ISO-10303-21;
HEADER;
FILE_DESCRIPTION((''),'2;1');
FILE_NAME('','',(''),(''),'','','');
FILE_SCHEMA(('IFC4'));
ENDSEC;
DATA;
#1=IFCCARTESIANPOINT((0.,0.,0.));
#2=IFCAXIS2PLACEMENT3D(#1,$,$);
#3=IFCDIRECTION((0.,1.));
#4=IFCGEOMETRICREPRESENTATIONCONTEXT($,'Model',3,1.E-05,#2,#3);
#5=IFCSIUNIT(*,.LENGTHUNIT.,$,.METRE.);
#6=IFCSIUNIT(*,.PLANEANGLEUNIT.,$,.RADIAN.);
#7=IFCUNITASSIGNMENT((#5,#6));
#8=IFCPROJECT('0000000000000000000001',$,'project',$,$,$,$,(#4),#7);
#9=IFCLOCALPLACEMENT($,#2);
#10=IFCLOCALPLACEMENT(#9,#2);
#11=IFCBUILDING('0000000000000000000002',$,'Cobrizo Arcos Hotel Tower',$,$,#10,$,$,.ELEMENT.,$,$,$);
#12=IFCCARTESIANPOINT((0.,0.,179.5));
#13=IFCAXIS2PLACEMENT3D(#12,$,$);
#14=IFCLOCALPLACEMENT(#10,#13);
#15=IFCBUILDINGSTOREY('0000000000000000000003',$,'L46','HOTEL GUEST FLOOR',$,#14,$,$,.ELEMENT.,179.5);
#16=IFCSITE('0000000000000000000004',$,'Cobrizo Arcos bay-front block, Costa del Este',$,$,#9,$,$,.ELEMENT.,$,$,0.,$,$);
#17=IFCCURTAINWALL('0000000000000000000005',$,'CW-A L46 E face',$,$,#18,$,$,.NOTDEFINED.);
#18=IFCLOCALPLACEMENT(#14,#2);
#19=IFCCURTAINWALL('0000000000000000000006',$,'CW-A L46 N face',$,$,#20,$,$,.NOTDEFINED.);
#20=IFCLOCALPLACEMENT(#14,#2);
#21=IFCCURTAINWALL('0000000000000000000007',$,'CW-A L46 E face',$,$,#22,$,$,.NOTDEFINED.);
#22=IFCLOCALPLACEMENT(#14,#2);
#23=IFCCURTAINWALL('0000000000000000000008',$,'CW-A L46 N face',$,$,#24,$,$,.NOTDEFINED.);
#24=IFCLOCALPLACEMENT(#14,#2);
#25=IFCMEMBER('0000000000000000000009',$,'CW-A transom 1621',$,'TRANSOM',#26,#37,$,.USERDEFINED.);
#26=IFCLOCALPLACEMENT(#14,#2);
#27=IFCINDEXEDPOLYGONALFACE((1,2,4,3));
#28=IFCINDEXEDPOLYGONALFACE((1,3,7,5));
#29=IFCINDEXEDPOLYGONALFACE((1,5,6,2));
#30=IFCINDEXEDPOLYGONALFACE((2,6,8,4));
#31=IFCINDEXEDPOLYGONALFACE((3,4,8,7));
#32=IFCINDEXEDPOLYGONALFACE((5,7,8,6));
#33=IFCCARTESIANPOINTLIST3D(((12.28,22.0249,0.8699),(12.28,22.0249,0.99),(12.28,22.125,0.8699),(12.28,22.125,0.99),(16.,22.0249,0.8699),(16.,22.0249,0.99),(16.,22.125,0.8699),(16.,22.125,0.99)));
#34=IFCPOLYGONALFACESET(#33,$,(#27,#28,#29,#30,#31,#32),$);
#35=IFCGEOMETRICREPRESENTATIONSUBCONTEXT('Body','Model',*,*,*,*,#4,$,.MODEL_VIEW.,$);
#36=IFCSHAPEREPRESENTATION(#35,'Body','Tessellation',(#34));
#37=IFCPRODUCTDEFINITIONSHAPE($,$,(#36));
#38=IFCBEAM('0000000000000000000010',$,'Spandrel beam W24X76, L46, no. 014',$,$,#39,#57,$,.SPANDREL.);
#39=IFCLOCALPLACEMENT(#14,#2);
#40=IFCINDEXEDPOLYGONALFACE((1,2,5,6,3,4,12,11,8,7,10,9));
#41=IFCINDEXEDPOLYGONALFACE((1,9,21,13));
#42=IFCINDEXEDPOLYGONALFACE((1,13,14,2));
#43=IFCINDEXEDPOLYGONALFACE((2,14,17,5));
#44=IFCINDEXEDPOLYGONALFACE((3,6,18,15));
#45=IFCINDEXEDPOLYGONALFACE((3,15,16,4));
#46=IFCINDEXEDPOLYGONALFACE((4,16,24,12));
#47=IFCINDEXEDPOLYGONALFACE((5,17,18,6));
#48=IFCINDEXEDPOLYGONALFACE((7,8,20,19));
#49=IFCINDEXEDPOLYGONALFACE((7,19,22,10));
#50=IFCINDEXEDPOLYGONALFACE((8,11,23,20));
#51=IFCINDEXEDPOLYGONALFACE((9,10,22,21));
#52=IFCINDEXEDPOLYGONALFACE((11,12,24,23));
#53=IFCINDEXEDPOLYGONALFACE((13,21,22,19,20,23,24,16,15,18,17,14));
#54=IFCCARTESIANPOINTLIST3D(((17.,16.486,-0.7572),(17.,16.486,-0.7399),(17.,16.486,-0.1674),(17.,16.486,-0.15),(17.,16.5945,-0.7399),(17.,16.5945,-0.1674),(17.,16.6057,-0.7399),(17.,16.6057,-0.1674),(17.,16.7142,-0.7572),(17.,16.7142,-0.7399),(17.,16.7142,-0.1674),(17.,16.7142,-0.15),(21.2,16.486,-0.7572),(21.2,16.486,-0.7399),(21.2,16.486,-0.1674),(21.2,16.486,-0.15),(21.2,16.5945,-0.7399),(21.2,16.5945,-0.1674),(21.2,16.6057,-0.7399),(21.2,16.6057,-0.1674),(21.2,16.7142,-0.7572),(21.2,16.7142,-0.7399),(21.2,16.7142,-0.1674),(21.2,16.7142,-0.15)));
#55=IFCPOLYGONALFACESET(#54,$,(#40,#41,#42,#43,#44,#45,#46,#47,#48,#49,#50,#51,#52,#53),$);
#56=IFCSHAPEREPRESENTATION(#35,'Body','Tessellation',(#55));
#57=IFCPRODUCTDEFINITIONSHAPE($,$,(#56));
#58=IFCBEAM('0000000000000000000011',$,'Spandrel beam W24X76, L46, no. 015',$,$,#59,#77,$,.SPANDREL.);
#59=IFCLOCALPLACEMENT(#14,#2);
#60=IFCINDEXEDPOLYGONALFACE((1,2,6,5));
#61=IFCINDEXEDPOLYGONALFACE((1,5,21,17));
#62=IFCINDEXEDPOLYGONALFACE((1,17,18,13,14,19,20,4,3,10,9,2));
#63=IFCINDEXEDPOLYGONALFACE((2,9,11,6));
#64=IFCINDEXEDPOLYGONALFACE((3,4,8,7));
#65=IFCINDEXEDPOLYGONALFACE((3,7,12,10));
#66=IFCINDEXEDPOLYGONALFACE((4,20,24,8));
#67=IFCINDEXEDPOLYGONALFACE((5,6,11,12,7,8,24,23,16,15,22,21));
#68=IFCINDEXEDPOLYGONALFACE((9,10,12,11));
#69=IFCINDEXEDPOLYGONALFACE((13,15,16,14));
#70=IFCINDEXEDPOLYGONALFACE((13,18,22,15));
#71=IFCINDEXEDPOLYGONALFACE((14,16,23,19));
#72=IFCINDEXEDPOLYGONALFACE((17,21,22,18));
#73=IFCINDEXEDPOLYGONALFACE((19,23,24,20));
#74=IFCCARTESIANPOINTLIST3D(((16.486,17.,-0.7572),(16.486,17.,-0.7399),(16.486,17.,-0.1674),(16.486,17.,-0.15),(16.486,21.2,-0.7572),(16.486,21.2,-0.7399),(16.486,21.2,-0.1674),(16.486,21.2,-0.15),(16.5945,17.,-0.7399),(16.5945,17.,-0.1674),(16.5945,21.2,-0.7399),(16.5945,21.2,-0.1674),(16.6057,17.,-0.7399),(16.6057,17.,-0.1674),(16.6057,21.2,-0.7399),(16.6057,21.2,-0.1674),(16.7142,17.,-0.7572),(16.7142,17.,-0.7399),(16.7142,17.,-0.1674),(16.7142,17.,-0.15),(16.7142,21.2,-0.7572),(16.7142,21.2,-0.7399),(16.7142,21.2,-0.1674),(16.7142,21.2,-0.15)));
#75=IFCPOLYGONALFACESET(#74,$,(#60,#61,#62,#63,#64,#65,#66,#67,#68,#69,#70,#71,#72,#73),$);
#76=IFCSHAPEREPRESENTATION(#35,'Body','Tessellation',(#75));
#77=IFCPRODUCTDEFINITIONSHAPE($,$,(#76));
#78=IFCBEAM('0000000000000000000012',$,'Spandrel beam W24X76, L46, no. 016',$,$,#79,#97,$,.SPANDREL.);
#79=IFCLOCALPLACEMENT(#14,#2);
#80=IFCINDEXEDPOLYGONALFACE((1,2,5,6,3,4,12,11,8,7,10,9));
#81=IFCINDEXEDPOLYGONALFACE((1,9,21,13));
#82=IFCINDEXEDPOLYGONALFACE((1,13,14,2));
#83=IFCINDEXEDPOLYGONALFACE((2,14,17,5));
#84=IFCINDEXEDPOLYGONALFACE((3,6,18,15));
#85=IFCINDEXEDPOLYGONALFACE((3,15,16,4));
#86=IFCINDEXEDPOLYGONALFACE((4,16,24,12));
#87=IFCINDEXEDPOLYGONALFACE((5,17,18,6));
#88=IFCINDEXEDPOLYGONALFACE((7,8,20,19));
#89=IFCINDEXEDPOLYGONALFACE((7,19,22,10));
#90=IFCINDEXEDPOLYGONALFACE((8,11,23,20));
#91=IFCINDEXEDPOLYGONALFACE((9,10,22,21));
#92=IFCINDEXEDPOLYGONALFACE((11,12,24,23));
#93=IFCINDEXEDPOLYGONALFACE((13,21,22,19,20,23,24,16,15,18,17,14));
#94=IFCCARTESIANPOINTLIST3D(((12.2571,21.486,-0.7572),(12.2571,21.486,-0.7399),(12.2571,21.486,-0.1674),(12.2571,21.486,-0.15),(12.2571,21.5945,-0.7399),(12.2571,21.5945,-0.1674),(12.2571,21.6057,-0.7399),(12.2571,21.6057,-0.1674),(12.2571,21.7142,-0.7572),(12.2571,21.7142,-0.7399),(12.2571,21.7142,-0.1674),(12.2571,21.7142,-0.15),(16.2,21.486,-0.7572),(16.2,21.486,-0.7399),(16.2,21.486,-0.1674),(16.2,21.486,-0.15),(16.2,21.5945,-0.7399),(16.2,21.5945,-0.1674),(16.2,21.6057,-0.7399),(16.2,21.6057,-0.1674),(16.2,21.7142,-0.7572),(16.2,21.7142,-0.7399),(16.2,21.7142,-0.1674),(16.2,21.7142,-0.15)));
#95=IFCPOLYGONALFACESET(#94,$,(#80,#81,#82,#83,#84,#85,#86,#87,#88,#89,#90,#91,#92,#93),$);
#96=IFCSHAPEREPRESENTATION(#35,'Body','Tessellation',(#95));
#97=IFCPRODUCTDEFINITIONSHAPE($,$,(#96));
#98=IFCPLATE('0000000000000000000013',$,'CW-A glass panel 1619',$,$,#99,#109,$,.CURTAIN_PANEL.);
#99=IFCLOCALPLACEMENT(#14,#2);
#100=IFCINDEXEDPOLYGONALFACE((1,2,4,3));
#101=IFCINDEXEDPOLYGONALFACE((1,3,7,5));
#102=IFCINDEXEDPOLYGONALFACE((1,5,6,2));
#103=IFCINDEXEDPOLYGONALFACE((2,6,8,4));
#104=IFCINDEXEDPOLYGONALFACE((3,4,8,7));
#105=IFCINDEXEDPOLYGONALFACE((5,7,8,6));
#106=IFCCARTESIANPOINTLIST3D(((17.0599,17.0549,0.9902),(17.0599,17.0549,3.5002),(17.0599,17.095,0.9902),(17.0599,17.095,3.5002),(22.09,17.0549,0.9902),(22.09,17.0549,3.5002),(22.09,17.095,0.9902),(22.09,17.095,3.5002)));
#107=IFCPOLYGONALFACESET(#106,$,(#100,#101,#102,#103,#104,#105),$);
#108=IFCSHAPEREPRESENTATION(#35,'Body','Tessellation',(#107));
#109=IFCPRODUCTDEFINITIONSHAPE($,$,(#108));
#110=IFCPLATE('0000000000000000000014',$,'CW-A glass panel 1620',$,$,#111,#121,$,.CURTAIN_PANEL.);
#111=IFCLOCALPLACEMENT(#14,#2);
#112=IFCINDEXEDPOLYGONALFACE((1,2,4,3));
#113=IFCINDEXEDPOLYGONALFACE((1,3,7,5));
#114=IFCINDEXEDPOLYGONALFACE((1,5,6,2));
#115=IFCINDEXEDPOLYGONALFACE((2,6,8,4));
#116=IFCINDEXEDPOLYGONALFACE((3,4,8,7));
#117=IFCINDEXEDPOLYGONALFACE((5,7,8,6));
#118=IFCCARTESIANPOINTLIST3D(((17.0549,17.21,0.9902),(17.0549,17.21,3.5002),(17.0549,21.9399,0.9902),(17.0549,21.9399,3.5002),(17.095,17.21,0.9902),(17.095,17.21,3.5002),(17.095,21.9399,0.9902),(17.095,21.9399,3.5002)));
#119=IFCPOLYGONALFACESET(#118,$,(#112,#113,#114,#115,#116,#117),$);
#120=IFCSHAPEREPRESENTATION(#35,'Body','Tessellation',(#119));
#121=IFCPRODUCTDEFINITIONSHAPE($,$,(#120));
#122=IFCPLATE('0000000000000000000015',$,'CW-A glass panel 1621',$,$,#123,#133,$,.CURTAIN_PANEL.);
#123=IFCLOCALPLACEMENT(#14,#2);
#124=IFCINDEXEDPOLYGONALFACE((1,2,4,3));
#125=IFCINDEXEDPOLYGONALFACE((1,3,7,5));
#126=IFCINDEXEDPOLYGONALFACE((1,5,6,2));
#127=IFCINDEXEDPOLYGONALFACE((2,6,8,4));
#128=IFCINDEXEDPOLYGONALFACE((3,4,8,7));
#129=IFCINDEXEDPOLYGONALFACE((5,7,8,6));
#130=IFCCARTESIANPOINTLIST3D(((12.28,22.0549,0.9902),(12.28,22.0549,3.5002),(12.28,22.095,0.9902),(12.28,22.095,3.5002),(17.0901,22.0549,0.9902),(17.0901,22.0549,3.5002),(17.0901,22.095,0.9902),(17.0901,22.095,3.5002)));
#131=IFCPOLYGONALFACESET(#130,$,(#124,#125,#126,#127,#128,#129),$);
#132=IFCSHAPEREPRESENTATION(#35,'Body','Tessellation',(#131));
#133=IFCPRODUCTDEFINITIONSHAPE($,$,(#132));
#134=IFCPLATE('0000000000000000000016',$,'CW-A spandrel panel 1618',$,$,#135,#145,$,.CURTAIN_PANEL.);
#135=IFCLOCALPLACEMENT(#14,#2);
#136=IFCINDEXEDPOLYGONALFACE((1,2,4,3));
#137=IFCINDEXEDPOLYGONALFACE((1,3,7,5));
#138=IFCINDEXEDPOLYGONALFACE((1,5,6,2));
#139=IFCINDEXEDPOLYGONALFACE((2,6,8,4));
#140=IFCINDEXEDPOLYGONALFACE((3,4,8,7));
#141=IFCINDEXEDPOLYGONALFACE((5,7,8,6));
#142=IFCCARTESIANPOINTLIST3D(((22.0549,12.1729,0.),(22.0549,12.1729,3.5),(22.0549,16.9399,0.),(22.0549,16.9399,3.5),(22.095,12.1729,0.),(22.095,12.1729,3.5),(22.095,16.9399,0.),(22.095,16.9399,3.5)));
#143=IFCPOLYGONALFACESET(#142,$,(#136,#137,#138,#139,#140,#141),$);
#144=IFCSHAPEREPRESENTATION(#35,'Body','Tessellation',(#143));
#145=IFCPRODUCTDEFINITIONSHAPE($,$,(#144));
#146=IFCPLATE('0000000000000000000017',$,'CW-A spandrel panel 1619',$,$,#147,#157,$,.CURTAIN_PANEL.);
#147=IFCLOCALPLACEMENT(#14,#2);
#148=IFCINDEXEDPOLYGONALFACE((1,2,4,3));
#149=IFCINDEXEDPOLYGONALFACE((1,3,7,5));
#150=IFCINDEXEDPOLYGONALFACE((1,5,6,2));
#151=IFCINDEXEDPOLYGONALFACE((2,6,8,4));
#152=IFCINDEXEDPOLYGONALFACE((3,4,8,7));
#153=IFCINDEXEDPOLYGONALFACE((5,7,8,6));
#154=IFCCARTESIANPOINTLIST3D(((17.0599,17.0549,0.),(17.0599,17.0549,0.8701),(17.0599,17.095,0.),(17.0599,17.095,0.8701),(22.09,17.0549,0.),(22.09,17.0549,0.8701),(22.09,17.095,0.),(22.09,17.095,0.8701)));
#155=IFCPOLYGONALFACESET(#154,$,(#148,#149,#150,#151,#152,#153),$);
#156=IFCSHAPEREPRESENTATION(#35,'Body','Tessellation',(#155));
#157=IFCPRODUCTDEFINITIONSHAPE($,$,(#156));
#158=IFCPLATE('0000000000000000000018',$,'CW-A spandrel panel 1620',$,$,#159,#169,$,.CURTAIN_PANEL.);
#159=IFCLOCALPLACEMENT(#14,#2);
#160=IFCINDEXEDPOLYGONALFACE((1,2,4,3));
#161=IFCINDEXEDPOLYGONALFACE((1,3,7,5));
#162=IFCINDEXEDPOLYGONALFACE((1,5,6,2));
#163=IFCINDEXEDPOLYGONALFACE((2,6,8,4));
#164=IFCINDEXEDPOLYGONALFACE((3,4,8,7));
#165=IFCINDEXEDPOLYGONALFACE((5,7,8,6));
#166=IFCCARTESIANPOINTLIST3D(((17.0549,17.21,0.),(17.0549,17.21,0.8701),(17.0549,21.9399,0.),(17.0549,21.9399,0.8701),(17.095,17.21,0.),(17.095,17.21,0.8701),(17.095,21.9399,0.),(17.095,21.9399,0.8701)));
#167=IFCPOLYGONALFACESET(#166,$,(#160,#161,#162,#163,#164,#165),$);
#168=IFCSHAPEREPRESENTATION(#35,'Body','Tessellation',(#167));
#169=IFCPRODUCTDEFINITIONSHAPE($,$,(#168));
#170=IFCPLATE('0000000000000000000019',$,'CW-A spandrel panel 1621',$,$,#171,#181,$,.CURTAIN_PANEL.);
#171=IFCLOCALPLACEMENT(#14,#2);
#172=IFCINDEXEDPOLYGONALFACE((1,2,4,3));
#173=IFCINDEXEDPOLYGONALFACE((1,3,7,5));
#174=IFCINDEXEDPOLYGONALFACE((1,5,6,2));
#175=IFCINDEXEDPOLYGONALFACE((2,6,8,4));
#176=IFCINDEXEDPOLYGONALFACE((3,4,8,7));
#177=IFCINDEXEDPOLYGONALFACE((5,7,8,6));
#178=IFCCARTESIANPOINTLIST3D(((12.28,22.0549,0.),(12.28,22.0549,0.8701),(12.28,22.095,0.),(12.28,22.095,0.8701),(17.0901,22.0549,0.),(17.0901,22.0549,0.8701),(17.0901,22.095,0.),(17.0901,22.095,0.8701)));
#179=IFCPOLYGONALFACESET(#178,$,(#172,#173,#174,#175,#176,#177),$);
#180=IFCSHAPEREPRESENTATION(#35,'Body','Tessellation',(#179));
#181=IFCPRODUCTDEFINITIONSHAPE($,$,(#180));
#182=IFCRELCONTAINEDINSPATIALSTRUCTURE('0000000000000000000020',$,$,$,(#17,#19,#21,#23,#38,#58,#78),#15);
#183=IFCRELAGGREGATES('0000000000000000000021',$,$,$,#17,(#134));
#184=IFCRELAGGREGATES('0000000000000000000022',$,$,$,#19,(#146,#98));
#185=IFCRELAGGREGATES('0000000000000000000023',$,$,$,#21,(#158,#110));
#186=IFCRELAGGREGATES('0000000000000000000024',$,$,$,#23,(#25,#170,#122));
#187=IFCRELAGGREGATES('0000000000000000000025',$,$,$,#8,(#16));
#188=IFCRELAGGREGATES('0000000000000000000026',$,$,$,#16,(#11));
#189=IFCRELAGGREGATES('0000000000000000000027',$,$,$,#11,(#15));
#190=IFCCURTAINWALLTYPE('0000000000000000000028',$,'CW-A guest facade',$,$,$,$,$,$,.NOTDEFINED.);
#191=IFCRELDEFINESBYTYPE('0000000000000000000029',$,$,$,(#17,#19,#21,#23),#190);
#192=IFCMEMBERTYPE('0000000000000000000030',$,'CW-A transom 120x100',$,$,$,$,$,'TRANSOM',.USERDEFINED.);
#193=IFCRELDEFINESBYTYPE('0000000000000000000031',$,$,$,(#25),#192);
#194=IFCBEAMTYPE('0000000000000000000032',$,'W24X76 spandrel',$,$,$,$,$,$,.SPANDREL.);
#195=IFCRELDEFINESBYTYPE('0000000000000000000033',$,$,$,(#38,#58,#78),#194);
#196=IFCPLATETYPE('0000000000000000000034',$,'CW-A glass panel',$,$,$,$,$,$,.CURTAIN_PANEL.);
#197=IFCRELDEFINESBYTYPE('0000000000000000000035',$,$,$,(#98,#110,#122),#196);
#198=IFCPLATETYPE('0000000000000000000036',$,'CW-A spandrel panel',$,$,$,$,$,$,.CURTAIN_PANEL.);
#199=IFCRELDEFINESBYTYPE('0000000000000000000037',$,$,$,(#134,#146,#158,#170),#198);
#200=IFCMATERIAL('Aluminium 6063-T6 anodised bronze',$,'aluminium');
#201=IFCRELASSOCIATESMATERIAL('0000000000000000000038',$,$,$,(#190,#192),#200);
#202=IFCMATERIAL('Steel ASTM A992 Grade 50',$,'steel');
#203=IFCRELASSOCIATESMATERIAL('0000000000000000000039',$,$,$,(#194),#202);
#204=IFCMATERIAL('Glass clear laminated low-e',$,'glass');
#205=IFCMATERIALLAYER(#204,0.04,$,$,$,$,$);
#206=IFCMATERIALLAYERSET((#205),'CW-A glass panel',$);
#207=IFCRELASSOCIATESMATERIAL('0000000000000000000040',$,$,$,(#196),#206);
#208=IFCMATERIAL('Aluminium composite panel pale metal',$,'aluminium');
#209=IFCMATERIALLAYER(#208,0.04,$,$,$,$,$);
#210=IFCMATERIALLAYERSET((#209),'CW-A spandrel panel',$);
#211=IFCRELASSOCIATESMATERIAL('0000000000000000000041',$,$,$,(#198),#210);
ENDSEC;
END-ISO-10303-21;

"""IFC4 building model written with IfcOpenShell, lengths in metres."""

from ifc_helpers import new_model, si_unit, direction, frame, origin, origin_2d, place, context, subcontext, project, spatial, rectangle, i_section, extrude, material, layer, layer_set, material_profile, profile_set, type_object, element, aggregate, save


model = new_model("IFC4")

# Units and contexts
model_context = context("Model", 3, precision=1e-05, world=origin(), true_north=direction((0.0, 1.0)))
body_context = subcontext(model_context, "Body", "Model", "MODEL_VIEW")
ifc_project = project(units=[si_unit("LENGTHUNIT", "METRE"), si_unit("PLANEANGLEUNIT", "RADIAN")], contexts=[model_context])

# Site, building, storey
site_placement = place(None, origin())
site = spatial("IfcSite", under=ifc_project, at=site_placement, Name="Cobrizo Arcos bay-front block, Costa del Este", CompositionType="ELEMENT", RefElevation=0.0)
building_placement = place(site_placement, origin())
building = spatial("IfcBuilding", under=site, at=building_placement, Name="Cobrizo Arcos Hotel Tower", CompositionType="ELEMENT")
storey_placement = place(building_placement, frame((0.0, 0.0, 179.5)))
storey = spatial("IfcBuildingStorey", under=building, at=storey_placement, Name="L46", Description="HOTEL GUEST FLOOR", CompositionType="ELEMENT", Elevation=179.5)

# Curtain wall
ifc_material_1 = material(Name="Aluminium 6063-T6 anodised bronze", Category="aluminium")
curtain_wall_type = type_object("IfcCurtainWallType", Name="CW-A guest facade", PredefinedType="NOTDEFINED", material=ifc_material_1)
curtain_wall_1_placement = place(storey_placement, origin())
curtain_wall_1 = element("IfcCurtainWall", 1, at=curtain_wall_1_placement, inside=storey, type_object=curtain_wall_type, Name="CW-A L46 E face", PredefinedType="NOTDEFINED")

# Curtain walls
curtain_wall_2_placement = place(storey_placement, origin())
curtain_wall_2 = element("IfcCurtainWall", 2, at=curtain_wall_2_placement, inside=storey, type_object=curtain_wall_type, Name="CW-A L46 N face", PredefinedType="NOTDEFINED")
curtain_wall_3_placement = place(storey_placement, origin())
curtain_wall_3 = element("IfcCurtainWall", 3, at=curtain_wall_3_placement, inside=storey, type_object=curtain_wall_type, Name="CW-A L46 E face", PredefinedType="NOTDEFINED")

# Curtain wall
curtain_wall_4_placement = place(storey_placement, origin())
curtain_wall_4 = element("IfcCurtainWall", 4, at=curtain_wall_4_placement, inside=storey, type_object=curtain_wall_type, Name="CW-A L46 N face", PredefinedType="NOTDEFINED")

# Member
ifc_material_profile_1 = material_profile(ifc_material_1, rectangle(XDim=0.1001, YDim=0.1201, at=origin_2d()), Name="CW-A transom 120x100")
ifc_profile_set_1 = profile_set([ifc_material_profile_1], Name="Aluminium 6063-T6 anodised bronze")
member_type_1 = type_object("IfcMemberType", Name="CW-A transom 120x100", ElementType="TRANSOM", PredefinedType="USERDEFINED", material=ifc_profile_set_1)
member_1_placement = place(storey_placement, frame((16.0, 22.075, 0.9299), z_axis=(-1.0, 0.0, 0.0), x_axis=(0.0, -1.0, 0.0)))
member_1 = element("IfcMember", 5, at=member_1_placement, type_object=member_type_1, Name="CW-A transom 1621", ObjectType="TRANSOM", PredefinedType="USERDEFINED", context=body_context, shape_type="SweptSolid", body=[
    extrude(rectangle(XDim=0.1001, YDim=0.1201, at=origin_2d()), origin(), (0.0, 0.0, 1.0), 3.72),
])

# Beams
ifc_material_2 = material(Name="Steel ASTM A992 Grade 50", Category="steel")
ifc_material_profile_2 = material_profile(ifc_material_2, i_section(OverallWidth=0.2283, OverallDepth=0.6072, WebThickness=0.0112, FlangeThickness=0.0173, at=origin_2d()), Name="W24X76")
ifc_profile_set_2 = profile_set([ifc_material_profile_2], Name="Steel ASTM A992 Grade 50")
beam_type_1 = type_object("IfcBeamType", Name="W24X76 spandrel", PredefinedType="SPANDREL", material=ifc_profile_set_2)
for number, where, z_axis, x_axis, name in (
    (6, (21.2, 16.6001, -0.4536), (-1.0, 0.0, 0.0), (0.0, -1.0, 0.0), "Spandrel beam W24X76, L46, no. 014"),
    (7, (16.6001, 17.0, -0.4536), (0.0, 1.0, 0.0), (-1.0, 0.0, 0.0), "Spandrel beam W24X76, L46, no. 015"),
):
    element("IfcBeam", number, at=place(storey_placement, frame(where, z_axis=z_axis, x_axis=x_axis)), inside=storey, type_object=beam_type_1, Name=name, PredefinedType="SPANDREL", context=body_context, shape_type="SweptSolid", body=[
        extrude(i_section(OverallWidth=0.2283, OverallDepth=0.6072, WebThickness=0.0112, FlangeThickness=0.0173, at=origin_2d()), origin(), (0.0, 0.0, 1.0), 4.2),
    ])
beam_1_placement = place(storey_placement, frame((16.2, 21.6001, -0.4536), z_axis=(-1.0, 0.0, 0.0), x_axis=(0.0, -1.0, 0.0)))
element("IfcBeam", 8, at=beam_1_placement, inside=storey, type_object=beam_type_1, Name="Spandrel beam W24X76, L46, no. 016", PredefinedType="SPANDREL", context=body_context, shape_type="SweptSolid", body=[
    extrude(i_section(OverallWidth=0.2283, OverallDepth=0.6072, WebThickness=0.0112, FlangeThickness=0.0173, at=origin_2d()), origin(), (0.0, 0.0, 1.0), 3.9429),
])

# Plates
ifc_material_3 = material(Name="Glass clear laminated low-e", Category="glass")
ifc_layer_1 = layer(ifc_material_3, 0.04)
ifc_layer_set_1 = layer_set([ifc_layer_1], Name="CW-A glass panel")
plate_type_1 = type_object("IfcPlateType", Name="CW-A glass panel", PredefinedType="CURTAIN_PANEL", material=ifc_layer_set_1)
plate_1_placement = place(storey_placement, frame((19.575, 17.075, 0.9902), z_axis=(0.0, 0.0, 1.0), x_axis=(-1.0, 0.0, 0.0)))
plate_1 = element("IfcPlate", 9, at=plate_1_placement, type_object=plate_type_1, Name="CW-A glass panel 1619", PredefinedType="CURTAIN_PANEL", context=body_context, shape_type="SweptSolid", body=[
    extrude(rectangle(XDim=5.03, YDim=0.04, at=origin_2d()), origin(), (0.0, 0.0, 1.0), 2.51),
])
plate_2_placement = place(storey_placement, frame((17.075, 19.575, 0.9902), z_axis=(0.0, 0.0, 1.0), x_axis=(0.0, 1.0, 0.0)))
plate_2 = element("IfcPlate", 10, at=plate_2_placement, type_object=plate_type_1, Name="CW-A glass panel 1620", PredefinedType="CURTAIN_PANEL", context=body_context, shape_type="SweptSolid", body=[
    extrude(rectangle(XDim=4.73, YDim=0.04, at=origin_2d()), origin(), (0.0, 0.0, 1.0), 2.51),
])
plate_3_placement = place(storey_placement, frame((14.6851, 22.075, 0.9902), z_axis=(0.0, 0.0, 1.0), x_axis=(-1.0, 0.0, 0.0)))
plate_3 = element("IfcPlate", 11, at=plate_3_placement, type_object=plate_type_1, Name="CW-A glass panel 1621", PredefinedType="CURTAIN_PANEL", context=body_context, shape_type="SweptSolid", body=[
    extrude(rectangle(XDim=4.8101, YDim=0.04, at=origin_2d()), origin(), (0.0, 0.0, 1.0), 2.51),
])
ifc_material_4 = material(Name="Aluminium composite panel pale metal", Category="aluminium")
ifc_layer_2 = layer(ifc_material_4, 0.04)
ifc_layer_set_2 = layer_set([ifc_layer_2], Name="CW-A spandrel panel")
plate_type_2 = type_object("IfcPlateType", Name="CW-A spandrel panel", PredefinedType="CURTAIN_PANEL", material=ifc_layer_set_2)
plate_4_placement = place(storey_placement, frame((22.075, 14.5564, 0.0), z_axis=(0.0, 0.0, 1.0), x_axis=(0.0, 1.0, 0.0)))
plate_4 = element("IfcPlate", 12, at=plate_4_placement, type_object=plate_type_2, Name="CW-A spandrel panel 1618", PredefinedType="CURTAIN_PANEL", context=body_context, shape_type="SweptSolid", body=[
    extrude(rectangle(XDim=4.7671, YDim=0.04, at=origin_2d()), origin(), (0.0, 0.0, 1.0), 3.5),
])
aggregate(curtain_wall_1, [plate_4])
plate_5_placement = place(storey_placement, frame((19.575, 17.075, 0.0), z_axis=(0.0, 0.0, 1.0), x_axis=(-1.0, 0.0, 0.0)))
plate_5 = element("IfcPlate", 13, at=plate_5_placement, type_object=plate_type_2, Name="CW-A spandrel panel 1619", PredefinedType="CURTAIN_PANEL", context=body_context, shape_type="SweptSolid", body=[
    extrude(rectangle(XDim=5.03, YDim=0.04, at=origin_2d()), origin(), (0.0, 0.0, 1.0), 0.8701),
])
aggregate(curtain_wall_2, [plate_5, plate_1])
plate_6_placement = place(storey_placement, frame((17.075, 19.575, 0.0), z_axis=(0.0, 0.0, 1.0), x_axis=(0.0, 1.0, 0.0)))
plate_6 = element("IfcPlate", 14, at=plate_6_placement, type_object=plate_type_2, Name="CW-A spandrel panel 1620", PredefinedType="CURTAIN_PANEL", context=body_context, shape_type="SweptSolid", body=[
    extrude(rectangle(XDim=4.73, YDim=0.04, at=origin_2d()), origin(), (0.0, 0.0, 1.0), 0.8701),
])
aggregate(curtain_wall_3, [plate_6, plate_2])
plate_7_placement = place(storey_placement, frame((14.6851, 22.075, 0.0), z_axis=(0.0, 0.0, 1.0), x_axis=(-1.0, 0.0, 0.0)))
plate_7 = element("IfcPlate", 15, at=plate_7_placement, type_object=plate_type_2, Name="CW-A spandrel panel 1621", PredefinedType="CURTAIN_PANEL", context=body_context, shape_type="SweptSolid", body=[
    extrude(rectangle(XDim=4.8101, YDim=0.04, at=origin_2d()), origin(), (0.0, 0.0, 1.0), 0.8701),
])
aggregate(curtain_wall_4, [member_1, plate_7, plate_3])

save(model, "model.ifc")
